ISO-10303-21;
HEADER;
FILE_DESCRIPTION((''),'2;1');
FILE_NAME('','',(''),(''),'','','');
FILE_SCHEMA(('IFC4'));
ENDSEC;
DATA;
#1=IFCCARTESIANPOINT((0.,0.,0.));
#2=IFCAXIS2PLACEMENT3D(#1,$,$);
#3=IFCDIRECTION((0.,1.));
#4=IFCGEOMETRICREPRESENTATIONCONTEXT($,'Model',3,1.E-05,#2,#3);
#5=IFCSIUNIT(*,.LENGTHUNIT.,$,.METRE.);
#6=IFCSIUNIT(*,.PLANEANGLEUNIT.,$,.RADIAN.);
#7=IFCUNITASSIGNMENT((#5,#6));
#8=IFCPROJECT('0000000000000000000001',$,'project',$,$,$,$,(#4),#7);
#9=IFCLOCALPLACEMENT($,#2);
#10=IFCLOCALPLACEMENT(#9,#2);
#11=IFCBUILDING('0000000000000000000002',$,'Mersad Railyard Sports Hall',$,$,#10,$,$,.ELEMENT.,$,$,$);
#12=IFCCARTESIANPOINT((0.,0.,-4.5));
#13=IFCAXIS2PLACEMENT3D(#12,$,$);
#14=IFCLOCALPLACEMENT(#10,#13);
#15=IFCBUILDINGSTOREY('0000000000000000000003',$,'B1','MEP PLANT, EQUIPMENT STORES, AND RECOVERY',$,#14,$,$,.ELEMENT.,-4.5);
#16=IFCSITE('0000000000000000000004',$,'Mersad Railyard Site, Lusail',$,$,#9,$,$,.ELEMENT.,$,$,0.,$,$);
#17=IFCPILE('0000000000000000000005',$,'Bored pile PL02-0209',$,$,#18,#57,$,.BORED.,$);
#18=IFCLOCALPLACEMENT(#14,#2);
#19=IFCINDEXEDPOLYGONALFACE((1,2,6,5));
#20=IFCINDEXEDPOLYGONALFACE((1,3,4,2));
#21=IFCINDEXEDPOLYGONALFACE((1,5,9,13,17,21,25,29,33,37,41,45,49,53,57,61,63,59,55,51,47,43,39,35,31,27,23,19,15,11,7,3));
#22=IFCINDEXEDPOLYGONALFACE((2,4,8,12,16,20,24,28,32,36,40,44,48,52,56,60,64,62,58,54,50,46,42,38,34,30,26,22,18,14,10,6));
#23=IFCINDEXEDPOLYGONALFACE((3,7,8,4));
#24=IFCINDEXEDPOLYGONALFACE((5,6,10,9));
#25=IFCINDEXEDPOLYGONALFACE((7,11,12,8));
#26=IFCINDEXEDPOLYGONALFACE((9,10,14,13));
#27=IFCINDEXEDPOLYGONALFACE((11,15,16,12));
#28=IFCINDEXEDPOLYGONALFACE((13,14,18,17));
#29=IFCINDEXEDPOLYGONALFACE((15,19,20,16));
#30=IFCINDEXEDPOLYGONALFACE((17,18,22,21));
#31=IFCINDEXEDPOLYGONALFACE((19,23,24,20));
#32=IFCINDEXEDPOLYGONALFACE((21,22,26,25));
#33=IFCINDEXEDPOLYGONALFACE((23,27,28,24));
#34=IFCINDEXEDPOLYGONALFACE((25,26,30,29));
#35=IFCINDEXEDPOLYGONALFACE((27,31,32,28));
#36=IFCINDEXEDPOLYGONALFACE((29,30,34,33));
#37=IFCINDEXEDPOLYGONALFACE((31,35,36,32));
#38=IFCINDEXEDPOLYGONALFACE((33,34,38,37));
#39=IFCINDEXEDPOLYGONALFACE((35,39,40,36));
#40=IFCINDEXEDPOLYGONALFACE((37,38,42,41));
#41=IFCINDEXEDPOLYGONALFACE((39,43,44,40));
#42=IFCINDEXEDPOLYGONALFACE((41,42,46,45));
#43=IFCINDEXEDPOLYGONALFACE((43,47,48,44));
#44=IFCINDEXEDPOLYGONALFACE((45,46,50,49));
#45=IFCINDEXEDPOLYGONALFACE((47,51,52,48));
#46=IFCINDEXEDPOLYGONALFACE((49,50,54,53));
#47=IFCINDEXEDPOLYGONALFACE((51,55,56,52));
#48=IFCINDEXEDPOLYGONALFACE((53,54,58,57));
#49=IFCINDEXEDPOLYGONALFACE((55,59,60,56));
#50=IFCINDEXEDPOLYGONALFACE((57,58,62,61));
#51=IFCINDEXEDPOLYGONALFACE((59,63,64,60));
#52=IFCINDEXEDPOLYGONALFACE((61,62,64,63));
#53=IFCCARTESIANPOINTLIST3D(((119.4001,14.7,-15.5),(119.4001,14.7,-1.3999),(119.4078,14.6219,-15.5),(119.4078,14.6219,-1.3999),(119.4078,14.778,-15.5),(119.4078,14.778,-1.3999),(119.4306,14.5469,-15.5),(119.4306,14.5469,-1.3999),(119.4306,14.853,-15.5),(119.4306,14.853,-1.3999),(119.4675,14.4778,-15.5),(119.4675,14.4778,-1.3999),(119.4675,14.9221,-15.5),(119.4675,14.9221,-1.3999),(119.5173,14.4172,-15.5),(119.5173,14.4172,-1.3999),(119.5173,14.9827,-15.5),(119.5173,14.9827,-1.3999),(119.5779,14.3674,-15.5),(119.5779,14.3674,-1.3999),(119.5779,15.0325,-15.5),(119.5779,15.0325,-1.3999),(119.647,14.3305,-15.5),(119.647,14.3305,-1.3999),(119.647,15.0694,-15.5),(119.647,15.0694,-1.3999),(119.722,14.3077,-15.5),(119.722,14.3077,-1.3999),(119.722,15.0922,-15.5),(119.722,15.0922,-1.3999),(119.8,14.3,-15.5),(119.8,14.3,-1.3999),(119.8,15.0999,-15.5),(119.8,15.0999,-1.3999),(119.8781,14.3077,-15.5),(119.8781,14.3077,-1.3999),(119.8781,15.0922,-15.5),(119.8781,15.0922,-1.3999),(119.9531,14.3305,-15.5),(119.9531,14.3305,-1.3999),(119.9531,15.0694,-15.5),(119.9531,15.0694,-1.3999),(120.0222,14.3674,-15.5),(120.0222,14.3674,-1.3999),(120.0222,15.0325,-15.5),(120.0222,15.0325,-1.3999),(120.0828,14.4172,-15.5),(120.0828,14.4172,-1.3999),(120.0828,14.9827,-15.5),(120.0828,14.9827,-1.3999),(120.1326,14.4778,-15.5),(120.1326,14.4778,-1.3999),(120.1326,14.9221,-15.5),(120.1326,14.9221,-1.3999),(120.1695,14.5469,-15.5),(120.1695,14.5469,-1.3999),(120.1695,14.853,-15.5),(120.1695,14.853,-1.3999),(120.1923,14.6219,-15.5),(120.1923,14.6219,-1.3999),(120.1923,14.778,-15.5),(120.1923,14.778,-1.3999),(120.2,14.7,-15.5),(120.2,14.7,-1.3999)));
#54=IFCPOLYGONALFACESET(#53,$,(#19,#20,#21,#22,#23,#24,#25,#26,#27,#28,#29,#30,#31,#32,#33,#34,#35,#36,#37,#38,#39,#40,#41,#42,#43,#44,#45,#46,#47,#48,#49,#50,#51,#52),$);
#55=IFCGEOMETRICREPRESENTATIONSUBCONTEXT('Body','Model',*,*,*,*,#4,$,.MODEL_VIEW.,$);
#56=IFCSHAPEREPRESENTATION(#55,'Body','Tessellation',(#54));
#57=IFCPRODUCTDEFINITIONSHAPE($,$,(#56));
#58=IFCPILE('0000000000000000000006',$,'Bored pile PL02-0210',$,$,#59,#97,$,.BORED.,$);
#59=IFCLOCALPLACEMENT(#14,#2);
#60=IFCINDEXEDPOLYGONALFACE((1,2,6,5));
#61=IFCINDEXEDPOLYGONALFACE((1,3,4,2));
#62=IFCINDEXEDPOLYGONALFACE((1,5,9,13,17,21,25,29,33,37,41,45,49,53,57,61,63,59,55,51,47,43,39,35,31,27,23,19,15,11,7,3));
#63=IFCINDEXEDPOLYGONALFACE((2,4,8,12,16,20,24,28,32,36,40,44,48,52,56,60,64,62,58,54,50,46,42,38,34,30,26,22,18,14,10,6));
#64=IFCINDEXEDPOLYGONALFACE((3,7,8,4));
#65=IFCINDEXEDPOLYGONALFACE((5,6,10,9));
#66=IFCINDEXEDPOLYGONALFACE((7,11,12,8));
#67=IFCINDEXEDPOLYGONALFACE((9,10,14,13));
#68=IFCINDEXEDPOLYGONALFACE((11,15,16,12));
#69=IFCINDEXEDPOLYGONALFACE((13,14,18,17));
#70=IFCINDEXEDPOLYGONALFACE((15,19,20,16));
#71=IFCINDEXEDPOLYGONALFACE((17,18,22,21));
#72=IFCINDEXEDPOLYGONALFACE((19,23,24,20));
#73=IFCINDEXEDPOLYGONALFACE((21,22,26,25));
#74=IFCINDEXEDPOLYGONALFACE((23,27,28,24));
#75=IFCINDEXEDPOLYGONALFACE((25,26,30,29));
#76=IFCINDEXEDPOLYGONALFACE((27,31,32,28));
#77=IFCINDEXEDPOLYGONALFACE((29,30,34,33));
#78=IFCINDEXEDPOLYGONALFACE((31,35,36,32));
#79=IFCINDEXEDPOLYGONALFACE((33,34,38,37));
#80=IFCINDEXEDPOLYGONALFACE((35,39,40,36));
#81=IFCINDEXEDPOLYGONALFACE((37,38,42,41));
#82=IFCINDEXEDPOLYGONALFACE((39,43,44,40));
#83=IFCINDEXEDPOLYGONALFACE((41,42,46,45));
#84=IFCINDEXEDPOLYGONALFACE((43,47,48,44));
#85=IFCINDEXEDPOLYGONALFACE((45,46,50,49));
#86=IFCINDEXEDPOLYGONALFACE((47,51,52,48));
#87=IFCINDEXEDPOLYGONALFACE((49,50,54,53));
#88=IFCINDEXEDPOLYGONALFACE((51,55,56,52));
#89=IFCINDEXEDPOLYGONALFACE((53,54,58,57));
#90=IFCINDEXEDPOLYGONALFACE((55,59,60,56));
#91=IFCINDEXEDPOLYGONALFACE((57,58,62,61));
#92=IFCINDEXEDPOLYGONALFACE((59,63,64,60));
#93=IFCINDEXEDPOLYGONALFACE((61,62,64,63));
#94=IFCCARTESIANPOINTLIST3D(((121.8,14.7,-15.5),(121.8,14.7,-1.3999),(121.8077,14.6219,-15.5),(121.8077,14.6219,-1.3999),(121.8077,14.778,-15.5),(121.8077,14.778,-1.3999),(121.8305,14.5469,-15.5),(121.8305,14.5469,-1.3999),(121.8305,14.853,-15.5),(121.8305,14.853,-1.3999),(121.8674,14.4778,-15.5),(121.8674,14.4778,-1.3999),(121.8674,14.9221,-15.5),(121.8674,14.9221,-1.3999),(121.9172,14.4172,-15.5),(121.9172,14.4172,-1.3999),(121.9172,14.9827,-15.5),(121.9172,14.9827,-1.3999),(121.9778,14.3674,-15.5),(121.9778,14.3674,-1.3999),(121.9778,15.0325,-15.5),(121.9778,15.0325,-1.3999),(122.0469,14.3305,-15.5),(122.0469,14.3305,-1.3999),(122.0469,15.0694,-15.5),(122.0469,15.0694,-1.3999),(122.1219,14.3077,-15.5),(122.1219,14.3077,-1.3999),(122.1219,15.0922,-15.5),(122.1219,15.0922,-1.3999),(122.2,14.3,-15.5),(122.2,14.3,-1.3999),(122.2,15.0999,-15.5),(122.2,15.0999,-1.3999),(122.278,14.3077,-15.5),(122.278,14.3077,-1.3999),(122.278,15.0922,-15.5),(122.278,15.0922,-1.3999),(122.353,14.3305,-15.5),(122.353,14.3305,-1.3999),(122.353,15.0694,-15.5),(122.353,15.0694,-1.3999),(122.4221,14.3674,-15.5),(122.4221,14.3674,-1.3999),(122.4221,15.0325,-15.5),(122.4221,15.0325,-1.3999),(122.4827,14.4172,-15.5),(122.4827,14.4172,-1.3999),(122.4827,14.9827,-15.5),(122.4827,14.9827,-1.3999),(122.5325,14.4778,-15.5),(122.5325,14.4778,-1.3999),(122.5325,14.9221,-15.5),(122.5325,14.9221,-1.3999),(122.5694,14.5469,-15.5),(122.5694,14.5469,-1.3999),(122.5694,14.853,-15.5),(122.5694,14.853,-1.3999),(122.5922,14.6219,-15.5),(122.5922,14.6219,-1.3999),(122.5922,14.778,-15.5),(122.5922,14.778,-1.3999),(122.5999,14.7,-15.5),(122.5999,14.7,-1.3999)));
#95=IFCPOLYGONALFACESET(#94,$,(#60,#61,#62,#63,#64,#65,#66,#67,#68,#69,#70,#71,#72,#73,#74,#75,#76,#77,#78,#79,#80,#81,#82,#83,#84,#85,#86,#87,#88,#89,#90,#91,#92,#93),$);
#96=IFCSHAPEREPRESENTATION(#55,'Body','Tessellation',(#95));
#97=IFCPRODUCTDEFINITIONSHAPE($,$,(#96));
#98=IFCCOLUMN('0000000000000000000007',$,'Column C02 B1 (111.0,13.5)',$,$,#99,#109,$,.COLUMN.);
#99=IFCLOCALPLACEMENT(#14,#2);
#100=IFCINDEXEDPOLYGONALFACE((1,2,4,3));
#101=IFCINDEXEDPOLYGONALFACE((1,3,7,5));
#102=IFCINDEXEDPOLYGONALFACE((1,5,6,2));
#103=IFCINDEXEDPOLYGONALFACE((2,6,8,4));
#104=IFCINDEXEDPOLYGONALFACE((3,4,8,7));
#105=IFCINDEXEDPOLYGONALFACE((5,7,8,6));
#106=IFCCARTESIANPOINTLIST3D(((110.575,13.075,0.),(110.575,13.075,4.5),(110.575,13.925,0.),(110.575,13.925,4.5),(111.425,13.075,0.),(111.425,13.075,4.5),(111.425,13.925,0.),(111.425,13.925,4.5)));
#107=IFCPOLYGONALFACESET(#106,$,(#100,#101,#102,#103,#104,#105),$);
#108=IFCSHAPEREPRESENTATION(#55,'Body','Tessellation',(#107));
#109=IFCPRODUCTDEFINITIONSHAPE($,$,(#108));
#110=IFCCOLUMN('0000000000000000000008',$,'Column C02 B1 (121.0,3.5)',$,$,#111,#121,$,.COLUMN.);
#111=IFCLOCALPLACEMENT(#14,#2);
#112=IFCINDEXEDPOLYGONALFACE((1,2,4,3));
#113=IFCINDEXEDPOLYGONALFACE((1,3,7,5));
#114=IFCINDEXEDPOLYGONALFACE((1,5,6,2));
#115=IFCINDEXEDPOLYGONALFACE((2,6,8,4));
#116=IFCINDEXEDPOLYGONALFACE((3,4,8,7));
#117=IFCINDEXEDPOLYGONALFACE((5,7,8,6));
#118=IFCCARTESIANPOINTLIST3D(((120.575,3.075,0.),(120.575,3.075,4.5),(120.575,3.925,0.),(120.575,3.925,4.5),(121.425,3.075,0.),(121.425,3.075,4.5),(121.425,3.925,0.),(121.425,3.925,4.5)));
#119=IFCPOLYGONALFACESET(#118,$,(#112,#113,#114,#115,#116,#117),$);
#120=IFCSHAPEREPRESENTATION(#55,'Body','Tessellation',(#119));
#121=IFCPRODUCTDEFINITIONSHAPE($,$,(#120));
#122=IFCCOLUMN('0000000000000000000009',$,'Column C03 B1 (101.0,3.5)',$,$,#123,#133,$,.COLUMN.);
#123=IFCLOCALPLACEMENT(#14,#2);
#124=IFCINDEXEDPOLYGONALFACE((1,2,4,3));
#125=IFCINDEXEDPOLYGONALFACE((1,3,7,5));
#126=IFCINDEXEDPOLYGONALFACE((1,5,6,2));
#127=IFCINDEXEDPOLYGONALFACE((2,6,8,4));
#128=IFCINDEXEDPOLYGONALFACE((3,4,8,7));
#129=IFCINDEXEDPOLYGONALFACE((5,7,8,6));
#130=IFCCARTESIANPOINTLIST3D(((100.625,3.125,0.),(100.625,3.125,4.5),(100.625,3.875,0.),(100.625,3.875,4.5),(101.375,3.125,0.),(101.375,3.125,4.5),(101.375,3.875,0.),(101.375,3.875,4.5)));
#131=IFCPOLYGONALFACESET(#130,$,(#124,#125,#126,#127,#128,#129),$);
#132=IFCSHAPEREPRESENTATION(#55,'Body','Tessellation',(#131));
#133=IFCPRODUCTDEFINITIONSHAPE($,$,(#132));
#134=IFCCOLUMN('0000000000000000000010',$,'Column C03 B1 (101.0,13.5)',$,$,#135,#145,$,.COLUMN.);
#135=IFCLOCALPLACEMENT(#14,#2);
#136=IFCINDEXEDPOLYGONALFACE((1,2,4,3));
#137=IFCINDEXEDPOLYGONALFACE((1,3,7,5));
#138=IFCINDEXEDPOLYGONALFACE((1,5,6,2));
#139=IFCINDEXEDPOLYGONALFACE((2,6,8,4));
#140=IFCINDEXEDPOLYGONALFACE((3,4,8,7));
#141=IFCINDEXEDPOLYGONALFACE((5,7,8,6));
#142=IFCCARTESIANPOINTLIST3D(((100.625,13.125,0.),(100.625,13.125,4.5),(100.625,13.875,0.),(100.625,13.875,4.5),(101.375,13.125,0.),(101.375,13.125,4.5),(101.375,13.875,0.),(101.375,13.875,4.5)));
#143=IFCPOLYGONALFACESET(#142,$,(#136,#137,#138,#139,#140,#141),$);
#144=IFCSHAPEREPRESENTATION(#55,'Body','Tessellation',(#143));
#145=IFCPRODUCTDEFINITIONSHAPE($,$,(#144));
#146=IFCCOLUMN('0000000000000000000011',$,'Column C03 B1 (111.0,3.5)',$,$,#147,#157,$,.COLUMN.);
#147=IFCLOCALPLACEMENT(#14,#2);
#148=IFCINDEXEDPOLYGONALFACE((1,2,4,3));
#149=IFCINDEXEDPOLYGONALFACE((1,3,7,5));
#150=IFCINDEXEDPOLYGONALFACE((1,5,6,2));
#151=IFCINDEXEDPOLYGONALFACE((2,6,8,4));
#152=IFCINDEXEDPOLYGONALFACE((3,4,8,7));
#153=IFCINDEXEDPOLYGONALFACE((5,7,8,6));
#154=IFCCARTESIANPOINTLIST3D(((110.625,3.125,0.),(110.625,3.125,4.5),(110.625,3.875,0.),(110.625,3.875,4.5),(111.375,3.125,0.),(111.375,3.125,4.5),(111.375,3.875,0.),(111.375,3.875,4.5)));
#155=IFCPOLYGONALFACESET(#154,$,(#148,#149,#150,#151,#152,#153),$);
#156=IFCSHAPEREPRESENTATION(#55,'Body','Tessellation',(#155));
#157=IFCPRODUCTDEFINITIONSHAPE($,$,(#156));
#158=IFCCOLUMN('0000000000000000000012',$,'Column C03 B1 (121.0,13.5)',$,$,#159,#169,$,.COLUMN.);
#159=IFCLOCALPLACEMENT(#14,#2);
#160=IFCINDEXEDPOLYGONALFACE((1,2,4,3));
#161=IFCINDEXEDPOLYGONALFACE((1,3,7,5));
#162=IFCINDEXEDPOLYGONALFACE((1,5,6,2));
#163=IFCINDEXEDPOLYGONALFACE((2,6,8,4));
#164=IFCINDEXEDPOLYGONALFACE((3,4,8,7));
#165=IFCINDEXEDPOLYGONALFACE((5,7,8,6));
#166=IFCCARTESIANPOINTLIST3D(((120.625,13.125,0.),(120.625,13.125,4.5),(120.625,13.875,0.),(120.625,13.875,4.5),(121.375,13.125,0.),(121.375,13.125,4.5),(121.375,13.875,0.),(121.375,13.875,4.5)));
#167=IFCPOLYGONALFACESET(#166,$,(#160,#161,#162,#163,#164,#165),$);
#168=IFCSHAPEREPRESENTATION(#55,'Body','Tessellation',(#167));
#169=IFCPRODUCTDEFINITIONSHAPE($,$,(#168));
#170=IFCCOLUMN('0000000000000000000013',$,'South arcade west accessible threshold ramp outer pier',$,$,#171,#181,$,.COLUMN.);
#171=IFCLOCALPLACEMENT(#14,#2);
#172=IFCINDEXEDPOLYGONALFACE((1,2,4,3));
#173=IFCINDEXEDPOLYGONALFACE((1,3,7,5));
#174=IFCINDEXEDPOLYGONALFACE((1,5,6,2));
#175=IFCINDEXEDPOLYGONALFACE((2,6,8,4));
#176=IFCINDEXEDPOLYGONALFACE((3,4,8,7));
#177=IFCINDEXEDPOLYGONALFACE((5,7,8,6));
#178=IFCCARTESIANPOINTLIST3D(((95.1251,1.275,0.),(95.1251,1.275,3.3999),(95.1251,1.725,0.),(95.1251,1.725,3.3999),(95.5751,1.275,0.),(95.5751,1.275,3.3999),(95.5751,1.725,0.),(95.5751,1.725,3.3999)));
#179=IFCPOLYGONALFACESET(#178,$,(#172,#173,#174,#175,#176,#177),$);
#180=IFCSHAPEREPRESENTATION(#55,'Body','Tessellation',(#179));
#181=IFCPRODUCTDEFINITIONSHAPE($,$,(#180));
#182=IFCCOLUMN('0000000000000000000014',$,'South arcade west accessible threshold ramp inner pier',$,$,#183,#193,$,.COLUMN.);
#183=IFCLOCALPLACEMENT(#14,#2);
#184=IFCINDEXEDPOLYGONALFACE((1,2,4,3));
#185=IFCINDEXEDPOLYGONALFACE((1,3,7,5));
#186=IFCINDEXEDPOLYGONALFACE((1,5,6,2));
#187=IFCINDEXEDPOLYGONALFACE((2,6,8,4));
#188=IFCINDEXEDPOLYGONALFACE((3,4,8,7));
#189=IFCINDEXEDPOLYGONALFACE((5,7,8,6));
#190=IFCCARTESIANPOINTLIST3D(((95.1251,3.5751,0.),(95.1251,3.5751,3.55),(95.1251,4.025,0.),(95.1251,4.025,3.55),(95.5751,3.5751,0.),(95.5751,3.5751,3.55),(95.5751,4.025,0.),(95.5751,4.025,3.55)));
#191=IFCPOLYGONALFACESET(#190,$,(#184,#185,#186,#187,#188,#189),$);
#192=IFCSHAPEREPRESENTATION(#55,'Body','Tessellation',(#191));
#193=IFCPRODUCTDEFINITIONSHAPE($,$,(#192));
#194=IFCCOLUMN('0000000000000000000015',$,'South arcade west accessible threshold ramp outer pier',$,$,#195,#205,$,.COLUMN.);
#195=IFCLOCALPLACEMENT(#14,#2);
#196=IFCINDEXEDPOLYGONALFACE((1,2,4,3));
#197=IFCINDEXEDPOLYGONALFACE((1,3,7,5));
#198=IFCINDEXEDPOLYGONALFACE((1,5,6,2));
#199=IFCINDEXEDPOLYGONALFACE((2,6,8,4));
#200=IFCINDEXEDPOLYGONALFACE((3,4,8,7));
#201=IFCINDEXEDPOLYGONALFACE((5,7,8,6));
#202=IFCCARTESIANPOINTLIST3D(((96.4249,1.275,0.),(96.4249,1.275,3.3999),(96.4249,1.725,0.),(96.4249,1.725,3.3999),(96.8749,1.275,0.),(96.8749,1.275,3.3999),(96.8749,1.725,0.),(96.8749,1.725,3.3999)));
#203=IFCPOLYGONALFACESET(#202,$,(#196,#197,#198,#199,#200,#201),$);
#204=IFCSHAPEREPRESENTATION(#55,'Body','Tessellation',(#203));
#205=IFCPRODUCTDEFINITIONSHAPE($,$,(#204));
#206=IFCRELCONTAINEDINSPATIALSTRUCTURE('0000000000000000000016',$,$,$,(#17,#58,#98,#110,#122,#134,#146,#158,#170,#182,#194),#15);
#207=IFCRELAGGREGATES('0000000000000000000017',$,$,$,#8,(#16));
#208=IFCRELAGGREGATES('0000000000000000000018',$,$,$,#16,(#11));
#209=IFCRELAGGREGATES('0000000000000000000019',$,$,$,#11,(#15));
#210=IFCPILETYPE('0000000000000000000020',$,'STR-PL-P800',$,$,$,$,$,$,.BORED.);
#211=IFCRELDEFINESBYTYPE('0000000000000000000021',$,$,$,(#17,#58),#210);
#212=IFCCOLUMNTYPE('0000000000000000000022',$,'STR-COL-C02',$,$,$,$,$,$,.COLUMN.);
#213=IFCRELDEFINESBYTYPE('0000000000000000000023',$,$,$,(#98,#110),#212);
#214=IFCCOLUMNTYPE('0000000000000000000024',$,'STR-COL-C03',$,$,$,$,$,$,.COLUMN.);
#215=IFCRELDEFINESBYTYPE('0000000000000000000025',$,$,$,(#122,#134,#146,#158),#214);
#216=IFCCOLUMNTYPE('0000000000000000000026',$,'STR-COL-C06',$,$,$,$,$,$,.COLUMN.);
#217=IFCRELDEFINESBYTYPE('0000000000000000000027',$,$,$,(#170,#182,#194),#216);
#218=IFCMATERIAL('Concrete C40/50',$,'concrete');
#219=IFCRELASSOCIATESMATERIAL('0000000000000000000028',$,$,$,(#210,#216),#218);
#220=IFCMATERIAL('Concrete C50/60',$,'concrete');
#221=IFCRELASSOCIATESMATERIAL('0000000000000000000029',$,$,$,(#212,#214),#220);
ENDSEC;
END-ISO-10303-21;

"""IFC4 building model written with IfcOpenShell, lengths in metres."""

from ifc_helpers import new_model, si_unit, direction, frame, origin, origin_2d, place, context, subcontext, project, spatial, rectangle, circle, extrude, material, material_profile, profile_set, type_object, element, save


model = new_model("IFC4")

# Units and contexts
model_context = context("Model", 3, precision=1e-05, world=origin(), true_north=direction((0.0, 1.0)))
body_context = subcontext(model_context, "Body", "Model", "MODEL_VIEW")
ifc_project = project(units=[si_unit("LENGTHUNIT", "METRE"), si_unit("PLANEANGLEUNIT", "RADIAN")], contexts=[model_context])

# Site, building, storey
site_placement = place(None, origin())
site = spatial("IfcSite", under=ifc_project, at=site_placement, Name="Mersad Railyard Site, Lusail", CompositionType="ELEMENT", RefElevation=0.0)
building_placement = place(site_placement, origin())
building = spatial("IfcBuilding", under=site, at=building_placement, Name="Mersad Railyard Sports Hall", CompositionType="ELEMENT")
storey_placement = place(building_placement, frame((0.0, 0.0, -4.5)))
storey = spatial("IfcBuildingStorey", under=building, at=storey_placement, Name="B1", Description="MEP PLANT, EQUIPMENT STORES, AND RECOVERY", CompositionType="ELEMENT", Elevation=-4.5)

# Shared definitions
ifc_material_1 = material(Name="Concrete C40/50", Category="concrete")

# Piles
ifc_material_profile_1 = material_profile(ifc_material_1, circle(Radius=0.3999, at=origin_2d()), Name="BORED PILE D800")
ifc_profile_set_1 = profile_set([ifc_material_profile_1], Name="Concrete C40/50")
pile_type_1 = type_object("IfcPileType", Name="STR-PL-P800", PredefinedType="BORED", material=ifc_profile_set_1)
for number, where, z_axis, x_axis, name in (
    (1, (119.8, 14.7, -1.3999), (0.0, 0.0, -1.0), (1.0, 0.0, 0.0), "Bored pile PL02-0209"),
    (2, (122.2, 14.7, -1.3999), (0.0, 0.0, -1.0), (1.0, 0.0, 0.0), "Bored pile PL02-0210"),
):
    element("IfcPile", number, at=place(storey_placement, frame(where, z_axis=z_axis, x_axis=x_axis)), inside=storey, type_object=pile_type_1, Name=name, PredefinedType="BORED", context=body_context, shape_type="SweptSolid", body=[
        extrude(circle(Radius=0.3999, at=origin_2d()), origin(), (0.0, 0.0, 1.0), 14.1001),
    ])

# Columns
ifc_material_2 = material(Name="Concrete C50/60", Category="concrete")
ifc_material_profile_2 = material_profile(ifc_material_2, rectangle(XDim=0.8501, YDim=0.8501, at=origin_2d()), Name="RC 850x850")
ifc_profile_set_2 = profile_set([ifc_material_profile_2], Name="Concrete C50/60")
column_type_1 = type_object("IfcColumnType", Name="STR-COL-C02", PredefinedType="COLUMN", material=ifc_profile_set_2)
for number, where, z_axis, x_axis, name in (
    (3, (111.0, 13.5, 0.0), (0.0, 0.0, 1.0), (1.0, 0.0, 0.0), "Column C02 B1 (111.0,13.5)"),
    (4, (121.0, 3.5, 0.0), (0.0, 0.0, 1.0), (1.0, 0.0, 0.0), "Column C02 B1 (121.0,3.5)"),
):
    element("IfcColumn", number, at=place(storey_placement, frame(where, z_axis=z_axis, x_axis=x_axis)), inside=storey, type_object=column_type_1, Name=name, PredefinedType="COLUMN", context=body_context, shape_type="SweptSolid", body=[
        extrude(rectangle(XDim=0.8501, YDim=0.8501, at=origin_2d()), origin(), (0.0, 0.0, 1.0), 4.5),
    ])
ifc_material_profile_3 = material_profile(ifc_material_2, rectangle(XDim=0.75, YDim=0.75, at=origin_2d()), Name="RC 750x750")
ifc_profile_set_3 = profile_set([ifc_material_profile_3], Name="Concrete C50/60")
column_type_2 = type_object("IfcColumnType", Name="STR-COL-C03", PredefinedType="COLUMN", material=ifc_profile_set_3)
for number, where, z_axis, x_axis, name in (
    (5, (101.0, 3.5, 0.0), (0.0, 0.0, 1.0), (1.0, 0.0, 0.0), "Column C03 B1 (101.0,3.5)"),
    (6, (101.0, 13.5, 0.0), (0.0, 0.0, 1.0), (1.0, 0.0, 0.0), "Column C03 B1 (101.0,13.5)"),
    (7, (111.0, 3.5, 0.0), (0.0, 0.0, 1.0), (1.0, 0.0, 0.0), "Column C03 B1 (111.0,3.5)"),
    (8, (121.0, 13.5, 0.0), (0.0, 0.0, 1.0), (1.0, 0.0, 0.0), "Column C03 B1 (121.0,13.5)"),
):
    element("IfcColumn", number, at=place(storey_placement, frame(where, z_axis=z_axis, x_axis=x_axis)), inside=storey, type_object=column_type_2, Name=name, PredefinedType="COLUMN", context=body_context, shape_type="SweptSolid", body=[
        extrude(rectangle(XDim=0.75, YDim=0.75, at=origin_2d()), origin(), (0.0, 0.0, 1.0), 4.5),
    ])
ifc_material_profile_4 = material_profile(ifc_material_1, rectangle(XDim=0.45, YDim=0.45, at=origin_2d()), Name="RC 450x450")
ifc_profile_set_4 = profile_set([ifc_material_profile_4], Name="Concrete C40/50")
column_type_3 = type_object("IfcColumnType", Name="STR-COL-C06", PredefinedType="COLUMN", material=ifc_profile_set_4)
column_1_placement = place(storey_placement, frame((95.3501, 1.5, 0.0), z_axis=(0.0, 0.0, 1.0), x_axis=(1.0, 0.0, 0.0)))
element("IfcColumn", 9, at=column_1_placement, inside=storey, type_object=column_type_3, Name="South arcade west accessible threshold ramp outer pier", PredefinedType="COLUMN", context=body_context, shape_type="SweptSolid", body=[
    extrude(rectangle(XDim=0.45, YDim=0.45, at=origin_2d()), origin(), (0.0, 0.0, 1.0), 3.3999),
])
column_2_placement = place(storey_placement, frame((95.3501, 3.8, 0.0), z_axis=(0.0, 0.0, 1.0), x_axis=(1.0, 0.0, 0.0)))
element("IfcColumn", 10, at=column_2_placement, inside=storey, type_object=column_type_3, Name="South arcade west accessible threshold ramp inner pier", PredefinedType="COLUMN", context=body_context, shape_type="SweptSolid", body=[
    extrude(rectangle(XDim=0.45, YDim=0.45, at=origin_2d()), origin(), (0.0, 0.0, 1.0), 3.55),
])
column_3_placement = place(storey_placement, frame((96.6499, 1.5, 0.0), z_axis=(0.0, 0.0, 1.0), x_axis=(1.0, 0.0, 0.0)))
element("IfcColumn", 11, at=column_3_placement, inside=storey, type_object=column_type_3, Name="South arcade west accessible threshold ramp outer pier", PredefinedType="COLUMN", context=body_context, shape_type="SweptSolid", body=[
    extrude(rectangle(XDim=0.45, YDim=0.45, at=origin_2d()), origin(), (0.0, 0.0, 1.0), 3.3999),
])

save(model, "model.ifc")
